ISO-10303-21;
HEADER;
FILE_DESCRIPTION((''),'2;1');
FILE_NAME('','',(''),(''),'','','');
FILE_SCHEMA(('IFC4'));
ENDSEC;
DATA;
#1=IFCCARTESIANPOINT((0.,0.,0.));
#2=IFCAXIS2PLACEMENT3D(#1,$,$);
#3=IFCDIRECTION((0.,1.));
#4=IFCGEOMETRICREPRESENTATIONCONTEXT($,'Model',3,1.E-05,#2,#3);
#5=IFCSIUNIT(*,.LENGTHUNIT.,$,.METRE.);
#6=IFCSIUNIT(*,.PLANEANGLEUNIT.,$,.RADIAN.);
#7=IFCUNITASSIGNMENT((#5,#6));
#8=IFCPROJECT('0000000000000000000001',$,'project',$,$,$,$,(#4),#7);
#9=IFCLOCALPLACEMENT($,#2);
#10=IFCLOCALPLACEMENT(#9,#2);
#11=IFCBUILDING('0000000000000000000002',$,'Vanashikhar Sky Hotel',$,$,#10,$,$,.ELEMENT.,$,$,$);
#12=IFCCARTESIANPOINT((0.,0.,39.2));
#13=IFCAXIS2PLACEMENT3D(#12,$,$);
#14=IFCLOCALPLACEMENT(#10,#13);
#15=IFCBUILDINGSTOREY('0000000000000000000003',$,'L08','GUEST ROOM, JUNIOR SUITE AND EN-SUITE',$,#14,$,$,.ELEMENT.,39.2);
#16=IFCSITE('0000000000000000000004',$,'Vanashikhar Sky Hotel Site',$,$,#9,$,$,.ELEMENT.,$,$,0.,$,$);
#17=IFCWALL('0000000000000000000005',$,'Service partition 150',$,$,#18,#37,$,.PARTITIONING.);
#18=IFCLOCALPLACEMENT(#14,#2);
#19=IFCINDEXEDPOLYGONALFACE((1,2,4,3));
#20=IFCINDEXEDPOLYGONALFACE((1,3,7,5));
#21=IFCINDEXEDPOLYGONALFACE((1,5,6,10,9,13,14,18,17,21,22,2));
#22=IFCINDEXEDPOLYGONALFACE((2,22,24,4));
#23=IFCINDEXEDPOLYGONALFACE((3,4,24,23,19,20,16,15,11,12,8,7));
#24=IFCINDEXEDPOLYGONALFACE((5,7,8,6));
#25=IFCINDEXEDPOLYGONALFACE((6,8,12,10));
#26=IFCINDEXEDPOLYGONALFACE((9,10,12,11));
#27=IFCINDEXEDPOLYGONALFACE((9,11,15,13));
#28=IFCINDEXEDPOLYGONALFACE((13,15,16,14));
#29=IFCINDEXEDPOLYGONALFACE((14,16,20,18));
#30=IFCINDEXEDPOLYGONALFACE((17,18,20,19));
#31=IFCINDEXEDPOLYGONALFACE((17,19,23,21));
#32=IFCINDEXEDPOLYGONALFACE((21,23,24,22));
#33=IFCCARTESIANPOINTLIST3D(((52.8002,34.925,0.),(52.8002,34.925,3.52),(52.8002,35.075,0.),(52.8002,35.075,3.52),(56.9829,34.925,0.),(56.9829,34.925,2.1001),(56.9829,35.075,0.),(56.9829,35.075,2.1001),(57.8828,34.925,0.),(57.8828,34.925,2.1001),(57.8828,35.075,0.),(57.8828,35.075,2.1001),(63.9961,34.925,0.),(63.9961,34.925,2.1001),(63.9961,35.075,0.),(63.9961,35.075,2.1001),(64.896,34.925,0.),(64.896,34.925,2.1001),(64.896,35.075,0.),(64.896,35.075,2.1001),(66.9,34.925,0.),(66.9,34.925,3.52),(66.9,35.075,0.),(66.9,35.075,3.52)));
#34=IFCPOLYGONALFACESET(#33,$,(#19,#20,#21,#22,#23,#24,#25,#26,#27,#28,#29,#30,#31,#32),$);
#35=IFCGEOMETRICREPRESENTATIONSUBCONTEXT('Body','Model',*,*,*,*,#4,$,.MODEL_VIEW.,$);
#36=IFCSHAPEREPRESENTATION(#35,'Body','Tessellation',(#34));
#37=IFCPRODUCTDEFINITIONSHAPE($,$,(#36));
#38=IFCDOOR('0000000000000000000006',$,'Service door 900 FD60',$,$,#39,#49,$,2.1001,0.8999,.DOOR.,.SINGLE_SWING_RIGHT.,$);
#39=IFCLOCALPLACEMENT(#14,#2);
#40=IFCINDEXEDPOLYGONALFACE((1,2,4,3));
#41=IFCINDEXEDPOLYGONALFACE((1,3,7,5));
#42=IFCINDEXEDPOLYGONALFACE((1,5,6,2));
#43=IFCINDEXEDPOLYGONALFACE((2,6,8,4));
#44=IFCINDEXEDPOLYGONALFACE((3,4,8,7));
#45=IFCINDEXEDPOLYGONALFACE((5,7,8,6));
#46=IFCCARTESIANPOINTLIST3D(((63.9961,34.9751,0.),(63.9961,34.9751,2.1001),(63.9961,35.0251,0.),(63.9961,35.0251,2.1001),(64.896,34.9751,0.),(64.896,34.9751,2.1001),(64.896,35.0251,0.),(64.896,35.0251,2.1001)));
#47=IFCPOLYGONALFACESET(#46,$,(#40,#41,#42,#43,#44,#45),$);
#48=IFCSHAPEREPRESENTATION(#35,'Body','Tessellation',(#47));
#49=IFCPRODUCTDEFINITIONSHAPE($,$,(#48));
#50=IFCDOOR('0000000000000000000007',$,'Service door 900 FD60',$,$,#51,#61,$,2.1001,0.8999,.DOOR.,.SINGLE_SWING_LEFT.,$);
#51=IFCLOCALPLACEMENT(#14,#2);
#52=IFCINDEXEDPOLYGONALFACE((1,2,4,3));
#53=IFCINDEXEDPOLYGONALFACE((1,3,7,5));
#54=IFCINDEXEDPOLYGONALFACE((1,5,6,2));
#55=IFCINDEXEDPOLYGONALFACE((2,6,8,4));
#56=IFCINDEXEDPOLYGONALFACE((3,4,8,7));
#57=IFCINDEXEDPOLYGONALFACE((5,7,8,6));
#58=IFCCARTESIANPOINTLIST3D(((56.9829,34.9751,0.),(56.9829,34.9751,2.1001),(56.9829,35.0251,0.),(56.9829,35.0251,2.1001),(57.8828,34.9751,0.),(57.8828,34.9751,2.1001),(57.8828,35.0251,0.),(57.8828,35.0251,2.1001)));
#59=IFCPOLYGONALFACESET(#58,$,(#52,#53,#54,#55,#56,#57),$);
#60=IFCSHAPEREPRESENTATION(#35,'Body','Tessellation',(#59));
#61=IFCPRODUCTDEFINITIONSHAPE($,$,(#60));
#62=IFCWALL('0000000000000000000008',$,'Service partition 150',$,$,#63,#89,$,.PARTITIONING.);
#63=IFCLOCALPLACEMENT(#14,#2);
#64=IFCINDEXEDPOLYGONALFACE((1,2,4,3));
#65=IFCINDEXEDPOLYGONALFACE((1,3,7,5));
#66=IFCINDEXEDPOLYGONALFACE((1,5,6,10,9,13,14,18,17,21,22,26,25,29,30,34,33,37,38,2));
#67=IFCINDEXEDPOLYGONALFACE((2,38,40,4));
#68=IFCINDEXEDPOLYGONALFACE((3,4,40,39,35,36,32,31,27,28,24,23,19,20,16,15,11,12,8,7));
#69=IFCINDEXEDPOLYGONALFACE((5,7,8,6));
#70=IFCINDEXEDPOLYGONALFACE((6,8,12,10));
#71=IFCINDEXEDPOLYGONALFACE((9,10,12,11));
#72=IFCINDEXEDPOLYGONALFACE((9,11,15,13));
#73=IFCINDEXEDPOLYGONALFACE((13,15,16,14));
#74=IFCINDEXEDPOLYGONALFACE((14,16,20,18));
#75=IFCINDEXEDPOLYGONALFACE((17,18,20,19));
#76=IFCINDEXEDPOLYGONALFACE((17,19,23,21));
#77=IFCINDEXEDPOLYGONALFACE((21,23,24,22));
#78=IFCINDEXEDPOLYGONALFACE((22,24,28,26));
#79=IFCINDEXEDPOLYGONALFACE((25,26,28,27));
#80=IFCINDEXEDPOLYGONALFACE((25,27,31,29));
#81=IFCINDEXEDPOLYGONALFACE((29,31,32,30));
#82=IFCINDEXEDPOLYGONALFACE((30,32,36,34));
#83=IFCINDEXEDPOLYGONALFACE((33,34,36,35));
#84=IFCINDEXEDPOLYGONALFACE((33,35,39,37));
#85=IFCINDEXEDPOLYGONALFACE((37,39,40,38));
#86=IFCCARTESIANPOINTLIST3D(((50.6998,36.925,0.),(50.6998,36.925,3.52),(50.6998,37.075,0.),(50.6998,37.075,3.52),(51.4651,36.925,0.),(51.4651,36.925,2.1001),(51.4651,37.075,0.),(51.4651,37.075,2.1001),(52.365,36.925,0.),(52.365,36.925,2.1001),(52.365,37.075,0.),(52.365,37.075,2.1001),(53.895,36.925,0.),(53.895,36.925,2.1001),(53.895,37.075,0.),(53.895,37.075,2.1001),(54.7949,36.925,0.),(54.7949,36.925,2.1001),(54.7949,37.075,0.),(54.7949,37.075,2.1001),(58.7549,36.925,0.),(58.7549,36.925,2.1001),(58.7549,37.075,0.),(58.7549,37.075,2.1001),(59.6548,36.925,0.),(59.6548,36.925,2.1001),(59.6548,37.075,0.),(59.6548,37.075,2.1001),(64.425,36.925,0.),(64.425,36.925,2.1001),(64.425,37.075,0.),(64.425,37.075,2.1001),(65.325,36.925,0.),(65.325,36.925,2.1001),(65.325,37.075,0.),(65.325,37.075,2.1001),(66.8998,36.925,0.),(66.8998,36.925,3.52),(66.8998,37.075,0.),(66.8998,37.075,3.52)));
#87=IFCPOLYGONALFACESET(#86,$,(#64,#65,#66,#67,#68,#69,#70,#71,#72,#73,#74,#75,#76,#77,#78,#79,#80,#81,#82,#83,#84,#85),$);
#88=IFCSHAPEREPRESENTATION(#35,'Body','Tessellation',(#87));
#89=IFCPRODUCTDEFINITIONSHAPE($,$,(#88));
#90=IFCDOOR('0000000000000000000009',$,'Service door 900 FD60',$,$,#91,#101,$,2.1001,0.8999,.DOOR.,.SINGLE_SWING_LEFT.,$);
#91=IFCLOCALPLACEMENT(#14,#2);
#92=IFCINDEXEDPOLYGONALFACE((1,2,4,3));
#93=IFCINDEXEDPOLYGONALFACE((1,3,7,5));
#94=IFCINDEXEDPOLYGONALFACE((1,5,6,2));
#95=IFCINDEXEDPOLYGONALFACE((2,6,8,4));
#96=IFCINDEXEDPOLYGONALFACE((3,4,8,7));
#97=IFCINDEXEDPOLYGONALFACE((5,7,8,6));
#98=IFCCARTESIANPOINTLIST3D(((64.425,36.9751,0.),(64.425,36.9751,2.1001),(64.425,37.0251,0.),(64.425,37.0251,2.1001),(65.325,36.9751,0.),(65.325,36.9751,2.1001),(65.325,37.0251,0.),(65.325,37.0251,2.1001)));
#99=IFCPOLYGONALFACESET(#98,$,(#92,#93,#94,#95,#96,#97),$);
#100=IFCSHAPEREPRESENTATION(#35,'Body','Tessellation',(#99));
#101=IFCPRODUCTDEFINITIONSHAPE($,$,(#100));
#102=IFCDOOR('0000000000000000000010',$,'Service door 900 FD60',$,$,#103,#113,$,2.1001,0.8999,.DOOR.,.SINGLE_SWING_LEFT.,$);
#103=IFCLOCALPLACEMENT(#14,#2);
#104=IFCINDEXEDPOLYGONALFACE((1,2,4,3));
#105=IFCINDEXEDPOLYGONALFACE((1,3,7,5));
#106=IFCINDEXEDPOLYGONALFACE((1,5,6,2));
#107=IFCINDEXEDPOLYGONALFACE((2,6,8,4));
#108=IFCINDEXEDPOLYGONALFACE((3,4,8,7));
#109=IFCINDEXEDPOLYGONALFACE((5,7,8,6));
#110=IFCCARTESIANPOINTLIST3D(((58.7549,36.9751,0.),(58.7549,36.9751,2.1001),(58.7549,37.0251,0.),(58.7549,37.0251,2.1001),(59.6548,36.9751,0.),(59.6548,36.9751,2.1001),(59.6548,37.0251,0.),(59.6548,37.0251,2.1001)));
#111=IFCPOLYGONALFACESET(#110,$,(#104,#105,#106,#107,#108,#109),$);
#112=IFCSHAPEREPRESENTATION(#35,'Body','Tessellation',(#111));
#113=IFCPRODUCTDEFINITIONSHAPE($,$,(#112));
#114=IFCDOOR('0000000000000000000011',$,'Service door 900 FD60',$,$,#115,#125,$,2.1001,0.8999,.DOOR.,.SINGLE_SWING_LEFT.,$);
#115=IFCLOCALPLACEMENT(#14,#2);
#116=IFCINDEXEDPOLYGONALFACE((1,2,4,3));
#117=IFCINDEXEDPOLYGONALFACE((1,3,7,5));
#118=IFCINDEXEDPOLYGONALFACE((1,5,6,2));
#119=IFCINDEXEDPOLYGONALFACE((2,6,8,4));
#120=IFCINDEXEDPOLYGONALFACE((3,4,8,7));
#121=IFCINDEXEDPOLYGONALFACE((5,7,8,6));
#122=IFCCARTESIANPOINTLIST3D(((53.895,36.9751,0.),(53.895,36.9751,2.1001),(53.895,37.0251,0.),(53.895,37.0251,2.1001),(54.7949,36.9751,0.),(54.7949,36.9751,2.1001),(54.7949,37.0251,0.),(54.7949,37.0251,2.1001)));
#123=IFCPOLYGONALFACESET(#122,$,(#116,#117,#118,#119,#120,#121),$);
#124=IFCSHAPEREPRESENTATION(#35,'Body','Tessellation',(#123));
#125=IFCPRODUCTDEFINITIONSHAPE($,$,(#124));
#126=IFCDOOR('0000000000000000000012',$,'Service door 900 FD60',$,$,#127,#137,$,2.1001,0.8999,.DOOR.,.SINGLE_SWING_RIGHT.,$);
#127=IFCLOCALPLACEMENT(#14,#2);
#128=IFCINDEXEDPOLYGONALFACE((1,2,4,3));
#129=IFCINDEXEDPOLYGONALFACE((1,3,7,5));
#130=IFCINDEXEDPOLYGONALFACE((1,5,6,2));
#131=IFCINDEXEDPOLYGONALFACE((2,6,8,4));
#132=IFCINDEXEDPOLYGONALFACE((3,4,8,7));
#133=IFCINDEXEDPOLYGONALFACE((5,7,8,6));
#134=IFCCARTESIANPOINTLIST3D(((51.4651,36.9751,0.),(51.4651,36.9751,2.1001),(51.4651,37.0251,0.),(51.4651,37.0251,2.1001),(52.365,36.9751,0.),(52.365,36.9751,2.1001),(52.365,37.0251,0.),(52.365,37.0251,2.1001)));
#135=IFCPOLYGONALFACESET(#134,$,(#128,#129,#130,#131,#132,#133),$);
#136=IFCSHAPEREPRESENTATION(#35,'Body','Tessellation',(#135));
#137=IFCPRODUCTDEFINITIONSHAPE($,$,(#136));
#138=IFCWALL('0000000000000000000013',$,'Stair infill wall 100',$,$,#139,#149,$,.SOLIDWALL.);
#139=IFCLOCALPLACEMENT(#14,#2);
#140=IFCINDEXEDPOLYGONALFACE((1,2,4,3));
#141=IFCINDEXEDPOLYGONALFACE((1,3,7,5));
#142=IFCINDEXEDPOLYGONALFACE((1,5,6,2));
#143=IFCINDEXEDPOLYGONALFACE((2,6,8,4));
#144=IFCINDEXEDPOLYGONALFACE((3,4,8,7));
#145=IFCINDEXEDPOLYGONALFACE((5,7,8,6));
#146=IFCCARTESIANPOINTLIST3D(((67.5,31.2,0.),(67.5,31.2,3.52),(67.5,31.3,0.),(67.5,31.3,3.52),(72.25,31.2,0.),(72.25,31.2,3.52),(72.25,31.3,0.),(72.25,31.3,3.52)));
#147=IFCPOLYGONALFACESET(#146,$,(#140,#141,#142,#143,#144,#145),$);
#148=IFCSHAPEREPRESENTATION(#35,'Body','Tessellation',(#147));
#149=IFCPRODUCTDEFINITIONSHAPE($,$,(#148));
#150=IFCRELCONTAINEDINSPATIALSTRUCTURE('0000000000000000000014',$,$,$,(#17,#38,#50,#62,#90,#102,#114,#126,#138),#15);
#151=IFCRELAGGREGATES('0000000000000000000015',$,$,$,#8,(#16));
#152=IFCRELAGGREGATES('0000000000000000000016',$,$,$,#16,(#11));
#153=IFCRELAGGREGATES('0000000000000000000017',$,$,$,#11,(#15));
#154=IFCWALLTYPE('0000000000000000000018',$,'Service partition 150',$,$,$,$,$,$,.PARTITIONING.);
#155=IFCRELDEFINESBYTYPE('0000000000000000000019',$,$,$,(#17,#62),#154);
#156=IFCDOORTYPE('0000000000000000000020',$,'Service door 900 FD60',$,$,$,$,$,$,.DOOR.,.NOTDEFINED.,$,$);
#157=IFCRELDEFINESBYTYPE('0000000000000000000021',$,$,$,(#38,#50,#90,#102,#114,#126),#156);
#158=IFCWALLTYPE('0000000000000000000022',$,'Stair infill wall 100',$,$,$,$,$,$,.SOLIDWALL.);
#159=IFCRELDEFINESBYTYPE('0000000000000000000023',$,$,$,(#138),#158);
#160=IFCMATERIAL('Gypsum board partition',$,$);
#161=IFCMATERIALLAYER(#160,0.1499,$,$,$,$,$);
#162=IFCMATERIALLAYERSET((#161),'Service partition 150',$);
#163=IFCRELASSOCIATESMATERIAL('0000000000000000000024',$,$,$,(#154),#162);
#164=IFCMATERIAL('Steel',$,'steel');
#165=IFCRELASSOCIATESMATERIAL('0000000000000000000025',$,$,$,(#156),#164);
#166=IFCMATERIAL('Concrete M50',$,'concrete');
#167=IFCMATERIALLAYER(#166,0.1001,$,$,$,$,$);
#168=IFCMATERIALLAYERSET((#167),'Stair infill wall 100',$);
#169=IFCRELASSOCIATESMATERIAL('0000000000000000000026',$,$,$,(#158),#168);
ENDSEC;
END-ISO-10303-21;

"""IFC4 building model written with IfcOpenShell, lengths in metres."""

from ifc_helpers import new_model, si_unit, direction, frame, frame_2d, origin, place, context, subcontext, project, spatial, rectangle, extrude, source, transform, mapped, material, layer, layer_set, type_object, element, fill, save


model = new_model("IFC4")

# Units and contexts
model_context = context("Model", 3, precision=1e-05, world=origin(), true_north=direction((0.0, 1.0)))
body_context = subcontext(model_context, "Body", "Model", "MODEL_VIEW")
ifc_project = project(units=[si_unit("LENGTHUNIT", "METRE"), si_unit("PLANEANGLEUNIT", "RADIAN")], contexts=[model_context])

# Site, building, storey
site_placement = place(None, origin())
site = spatial("IfcSite", under=ifc_project, at=site_placement, Name="Vanashikhar Sky Hotel Site", CompositionType="ELEMENT", RefElevation=0.0)
building_placement = place(site_placement, origin())
building = spatial("IfcBuilding", under=site, at=building_placement, Name="Vanashikhar Sky Hotel", CompositionType="ELEMENT")
storey_placement = place(building_placement, frame((0.0, 0.0, 39.2)))
storey = spatial("IfcBuildingStorey", under=building, at=storey_placement, Name="L08", Description="GUEST ROOM, JUNIOR SUITE AND EN-SUITE", CompositionType="ELEMENT", Elevation=39.2)

# Shared definitions
ifc_material_1 = material(Name="Steel", Category="steel")

# Shared definitions
ifc_material_2 = material(Name="Gypsum board partition")
ifc_layer_1 = layer(ifc_material_2, 0.1499)
ifc_layer_set_1 = layer_set([ifc_layer_1], Name="Service partition 150")
wall_type_1 = type_object("IfcWallType", Name="Service partition 150", PredefinedType="PARTITIONING", material=ifc_layer_set_1)

# Walls, openings, doors
shared_shape_1 = source(origin(), body_context, "Body", "SweptSolid", [
    extrude(rectangle(XDim=14.0999, YDim=0.1499, at=frame_2d((7.0498, 0.0))), origin(), (0.0, 0.0, 1.0), 3.52),
])
wall_1_placement = place(storey_placement, frame((66.8999, 35.0, 0.0), z_axis=(0.0, 0.0, 1.0), x_axis=(-1.0, 0.0, 0.0)))
wall_1 = element("IfcWall", 1, at=wall_1_placement, inside=storey, type_object=wall_type_1, Name="Service partition 150", PredefinedType="PARTITIONING", context=body_context, shape_type="MappedRepresentation", body=[
    mapped(shared_shape_1, transform((0.0, 0.0, 0.0), scale=1.0)),
])
shared_shape_2 = source(origin(), body_context, "Body", "SweptSolid", [
    extrude(rectangle(XDim=0.8999, YDim=2.1001, at=frame_2d((0.45, 1.05))), frame((0.0, 0.085, 0.0), z_axis=(0.0, -1.0, 0.0), x_axis=(1.0, 0.0, 0.0)), (0.0, 0.0, 1.0), 0.1699),
])
opening_1_placement = place(wall_1_placement, frame((2.0039, 0.0, 0.0)))
opening_1 = element("IfcOpeningElement", 2, at=opening_1_placement, cuts=wall_1, PredefinedType="OPENING", context=body_context, shape_type="MappedRepresentation", body=[
    mapped(shared_shape_2, transform((0.0, 0.0, 0.0), scale=1.0)),
])
opening_2_placement = place(wall_1_placement, frame((9.0171, 0.0, 0.0)))
opening_2 = element("IfcOpeningElement", 3, at=opening_2_placement, cuts=wall_1, PredefinedType="OPENING", context=body_context, shape_type="MappedRepresentation", body=[
    mapped(shared_shape_2, transform((0.0, 0.0, 0.0), scale=1.0)),
])
door_type_1 = type_object("IfcDoorType", Name="Service door 900 FD60", OperationType="NOTDEFINED", PredefinedType="DOOR", material=ifc_material_1)
shared_shape_3 = source(origin(), body_context, "Body", "SweptSolid", [
    extrude(rectangle(XDim=0.8999, YDim=2.1001, at=frame_2d((0.45, 1.05))), frame((0.0, 0.0249, 0.0), z_axis=(0.0, -1.0, 0.0), x_axis=(1.0, 0.0, 0.0)), (0.0, 0.0, 1.0), 0.05),
])
door_1_placement = place(opening_1_placement, origin())
door_1 = element("IfcDoor", 4, at=door_1_placement, inside=storey, type_object=door_type_1, Name="Service door 900 FD60", OperationType="SINGLE_SWING_RIGHT", OverallHeight=2.1001, OverallWidth=0.8999, PredefinedType="DOOR", context=body_context, shape_type="MappedRepresentation", body=[
    mapped(shared_shape_3, transform((0.0, 0.0, 0.0), scale=1.0)),
])
fill(opening_1, door_1)
door_2_placement = place(opening_2_placement, origin())
door_2 = element("IfcDoor", 5, at=door_2_placement, inside=storey, type_object=door_type_1, Name="Service door 900 FD60", OperationType="SINGLE_SWING_LEFT", OverallHeight=2.1001, OverallWidth=0.8999, PredefinedType="DOOR", context=body_context, shape_type="MappedRepresentation", body=[
    mapped(shared_shape_3, transform((0.0, 0.0, 0.0), scale=1.0)),
])
fill(opening_2, door_2)
shared_shape_4 = source(origin(), body_context, "Body", "SweptSolid", [
    extrude(rectangle(XDim=16.2, YDim=0.1499, at=frame_2d((8.1001, 0.0))), origin(), (0.0, 0.0, 1.0), 3.52),
])
wall_2_placement = place(storey_placement, frame((66.8999, 37.0, 0.0), z_axis=(0.0, 0.0, 1.0), x_axis=(-1.0, 0.0, 0.0)))
wall_2 = element("IfcWall", 6, at=wall_2_placement, inside=storey, type_object=wall_type_1, Name="Service partition 150", PredefinedType="PARTITIONING", context=body_context, shape_type="MappedRepresentation", body=[
    mapped(shared_shape_4, transform((0.0, 0.0, 0.0), scale=1.0)),
])
opening_3_placement = place(wall_2_placement, frame((1.575, 0.0, 0.0)))
opening_3 = element("IfcOpeningElement", 7, at=opening_3_placement, cuts=wall_2, PredefinedType="OPENING", context=body_context, shape_type="MappedRepresentation", body=[
    mapped(shared_shape_2, transform((0.0, 0.0, 0.0), scale=1.0)),
])
opening_4_placement = place(wall_2_placement, frame((7.2451, 0.0, 0.0)))
opening_4 = element("IfcOpeningElement", 8, at=opening_4_placement, cuts=wall_2, PredefinedType="OPENING", context=body_context, shape_type="MappedRepresentation", body=[
    mapped(shared_shape_2, transform((0.0, 0.0, 0.0), scale=1.0)),
])
opening_5_placement = place(wall_2_placement, frame((12.105, 0.0, 0.0)))
opening_5 = element("IfcOpeningElement", 9, at=opening_5_placement, cuts=wall_2, PredefinedType="OPENING", context=body_context, shape_type="MappedRepresentation", body=[
    mapped(shared_shape_2, transform((0.0, 0.0, 0.0), scale=1.0)),
])
opening_6_placement = place(wall_2_placement, frame((14.5349, 0.0, 0.0)))
opening_6 = element("IfcOpeningElement", 10, at=opening_6_placement, cuts=wall_2, PredefinedType="OPENING", context=body_context, shape_type="MappedRepresentation", body=[
    mapped(shared_shape_2, transform((0.0, 0.0, 0.0), scale=1.0)),
])
door_3_placement = place(opening_3_placement, origin())
door_3 = element("IfcDoor", 11, at=door_3_placement, inside=storey, type_object=door_type_1, Name="Service door 900 FD60", OperationType="SINGLE_SWING_LEFT", OverallHeight=2.1001, OverallWidth=0.8999, PredefinedType="DOOR", context=body_context, shape_type="MappedRepresentation", body=[
    mapped(shared_shape_3, transform((0.0, 0.0, 0.0), scale=1.0)),
])
fill(opening_3, door_3)
door_4_placement = place(opening_4_placement, origin())
door_4 = element("IfcDoor", 12, at=door_4_placement, inside=storey, type_object=door_type_1, Name="Service door 900 FD60", OperationType="SINGLE_SWING_LEFT", OverallHeight=2.1001, OverallWidth=0.8999, PredefinedType="DOOR", context=body_context, shape_type="MappedRepresentation", body=[
    mapped(shared_shape_3, transform((0.0, 0.0, 0.0), scale=1.0)),
])
fill(opening_4, door_4)
door_5_placement = place(opening_5_placement, origin())
door_5 = element("IfcDoor", 13, at=door_5_placement, inside=storey, type_object=door_type_1, Name="Service door 900 FD60", OperationType="SINGLE_SWING_LEFT", OverallHeight=2.1001, OverallWidth=0.8999, PredefinedType="DOOR", context=body_context, shape_type="MappedRepresentation", body=[
    mapped(shared_shape_3, transform((0.0, 0.0, 0.0), scale=1.0)),
])
fill(opening_5, door_5)
door_6_placement = place(opening_6_placement, origin())
door_6 = element("IfcDoor", 14, at=door_6_placement, inside=storey, type_object=door_type_1, Name="Service door 900 FD60", OperationType="SINGLE_SWING_RIGHT", OverallHeight=2.1001, OverallWidth=0.8999, PredefinedType="DOOR", context=body_context, shape_type="MappedRepresentation", body=[
    mapped(shared_shape_3, transform((0.0, 0.0, 0.0), scale=1.0)),
])
fill(opening_6, door_6)

# Wall
ifc_material_3 = material(Name="Concrete M50", Category="concrete")
ifc_layer_2 = layer(ifc_material_3, 0.1001)
ifc_layer_set_2 = layer_set([ifc_layer_2], Name="Stair infill wall 100")
wall_type_2 = type_object("IfcWallType", Name="Stair infill wall 100", PredefinedType="SOLIDWALL", material=ifc_layer_set_2)
shared_shape_5 = source(origin(), body_context, "Body", "SweptSolid", [
    extrude(rectangle(XDim=4.75, YDim=0.1001, at=frame_2d((2.375, 0.0))), origin(), (0.0, 0.0, 1.0), 3.52),
])
wall_3_placement = place(storey_placement, frame((67.5, 31.25, 0.0), z_axis=(0.0, 0.0, 1.0), x_axis=(1.0, 0.0, 0.0)))
element("IfcWall", 15, at=wall_3_placement, inside=storey, type_object=wall_type_2, Name="Stair infill wall 100", PredefinedType="SOLIDWALL", context=body_context, shape_type="MappedRepresentation", body=[
    mapped(shared_shape_5, transform((0.0, 0.0, 0.0), scale=1.0)),
])

save(model, "model.ifc")
